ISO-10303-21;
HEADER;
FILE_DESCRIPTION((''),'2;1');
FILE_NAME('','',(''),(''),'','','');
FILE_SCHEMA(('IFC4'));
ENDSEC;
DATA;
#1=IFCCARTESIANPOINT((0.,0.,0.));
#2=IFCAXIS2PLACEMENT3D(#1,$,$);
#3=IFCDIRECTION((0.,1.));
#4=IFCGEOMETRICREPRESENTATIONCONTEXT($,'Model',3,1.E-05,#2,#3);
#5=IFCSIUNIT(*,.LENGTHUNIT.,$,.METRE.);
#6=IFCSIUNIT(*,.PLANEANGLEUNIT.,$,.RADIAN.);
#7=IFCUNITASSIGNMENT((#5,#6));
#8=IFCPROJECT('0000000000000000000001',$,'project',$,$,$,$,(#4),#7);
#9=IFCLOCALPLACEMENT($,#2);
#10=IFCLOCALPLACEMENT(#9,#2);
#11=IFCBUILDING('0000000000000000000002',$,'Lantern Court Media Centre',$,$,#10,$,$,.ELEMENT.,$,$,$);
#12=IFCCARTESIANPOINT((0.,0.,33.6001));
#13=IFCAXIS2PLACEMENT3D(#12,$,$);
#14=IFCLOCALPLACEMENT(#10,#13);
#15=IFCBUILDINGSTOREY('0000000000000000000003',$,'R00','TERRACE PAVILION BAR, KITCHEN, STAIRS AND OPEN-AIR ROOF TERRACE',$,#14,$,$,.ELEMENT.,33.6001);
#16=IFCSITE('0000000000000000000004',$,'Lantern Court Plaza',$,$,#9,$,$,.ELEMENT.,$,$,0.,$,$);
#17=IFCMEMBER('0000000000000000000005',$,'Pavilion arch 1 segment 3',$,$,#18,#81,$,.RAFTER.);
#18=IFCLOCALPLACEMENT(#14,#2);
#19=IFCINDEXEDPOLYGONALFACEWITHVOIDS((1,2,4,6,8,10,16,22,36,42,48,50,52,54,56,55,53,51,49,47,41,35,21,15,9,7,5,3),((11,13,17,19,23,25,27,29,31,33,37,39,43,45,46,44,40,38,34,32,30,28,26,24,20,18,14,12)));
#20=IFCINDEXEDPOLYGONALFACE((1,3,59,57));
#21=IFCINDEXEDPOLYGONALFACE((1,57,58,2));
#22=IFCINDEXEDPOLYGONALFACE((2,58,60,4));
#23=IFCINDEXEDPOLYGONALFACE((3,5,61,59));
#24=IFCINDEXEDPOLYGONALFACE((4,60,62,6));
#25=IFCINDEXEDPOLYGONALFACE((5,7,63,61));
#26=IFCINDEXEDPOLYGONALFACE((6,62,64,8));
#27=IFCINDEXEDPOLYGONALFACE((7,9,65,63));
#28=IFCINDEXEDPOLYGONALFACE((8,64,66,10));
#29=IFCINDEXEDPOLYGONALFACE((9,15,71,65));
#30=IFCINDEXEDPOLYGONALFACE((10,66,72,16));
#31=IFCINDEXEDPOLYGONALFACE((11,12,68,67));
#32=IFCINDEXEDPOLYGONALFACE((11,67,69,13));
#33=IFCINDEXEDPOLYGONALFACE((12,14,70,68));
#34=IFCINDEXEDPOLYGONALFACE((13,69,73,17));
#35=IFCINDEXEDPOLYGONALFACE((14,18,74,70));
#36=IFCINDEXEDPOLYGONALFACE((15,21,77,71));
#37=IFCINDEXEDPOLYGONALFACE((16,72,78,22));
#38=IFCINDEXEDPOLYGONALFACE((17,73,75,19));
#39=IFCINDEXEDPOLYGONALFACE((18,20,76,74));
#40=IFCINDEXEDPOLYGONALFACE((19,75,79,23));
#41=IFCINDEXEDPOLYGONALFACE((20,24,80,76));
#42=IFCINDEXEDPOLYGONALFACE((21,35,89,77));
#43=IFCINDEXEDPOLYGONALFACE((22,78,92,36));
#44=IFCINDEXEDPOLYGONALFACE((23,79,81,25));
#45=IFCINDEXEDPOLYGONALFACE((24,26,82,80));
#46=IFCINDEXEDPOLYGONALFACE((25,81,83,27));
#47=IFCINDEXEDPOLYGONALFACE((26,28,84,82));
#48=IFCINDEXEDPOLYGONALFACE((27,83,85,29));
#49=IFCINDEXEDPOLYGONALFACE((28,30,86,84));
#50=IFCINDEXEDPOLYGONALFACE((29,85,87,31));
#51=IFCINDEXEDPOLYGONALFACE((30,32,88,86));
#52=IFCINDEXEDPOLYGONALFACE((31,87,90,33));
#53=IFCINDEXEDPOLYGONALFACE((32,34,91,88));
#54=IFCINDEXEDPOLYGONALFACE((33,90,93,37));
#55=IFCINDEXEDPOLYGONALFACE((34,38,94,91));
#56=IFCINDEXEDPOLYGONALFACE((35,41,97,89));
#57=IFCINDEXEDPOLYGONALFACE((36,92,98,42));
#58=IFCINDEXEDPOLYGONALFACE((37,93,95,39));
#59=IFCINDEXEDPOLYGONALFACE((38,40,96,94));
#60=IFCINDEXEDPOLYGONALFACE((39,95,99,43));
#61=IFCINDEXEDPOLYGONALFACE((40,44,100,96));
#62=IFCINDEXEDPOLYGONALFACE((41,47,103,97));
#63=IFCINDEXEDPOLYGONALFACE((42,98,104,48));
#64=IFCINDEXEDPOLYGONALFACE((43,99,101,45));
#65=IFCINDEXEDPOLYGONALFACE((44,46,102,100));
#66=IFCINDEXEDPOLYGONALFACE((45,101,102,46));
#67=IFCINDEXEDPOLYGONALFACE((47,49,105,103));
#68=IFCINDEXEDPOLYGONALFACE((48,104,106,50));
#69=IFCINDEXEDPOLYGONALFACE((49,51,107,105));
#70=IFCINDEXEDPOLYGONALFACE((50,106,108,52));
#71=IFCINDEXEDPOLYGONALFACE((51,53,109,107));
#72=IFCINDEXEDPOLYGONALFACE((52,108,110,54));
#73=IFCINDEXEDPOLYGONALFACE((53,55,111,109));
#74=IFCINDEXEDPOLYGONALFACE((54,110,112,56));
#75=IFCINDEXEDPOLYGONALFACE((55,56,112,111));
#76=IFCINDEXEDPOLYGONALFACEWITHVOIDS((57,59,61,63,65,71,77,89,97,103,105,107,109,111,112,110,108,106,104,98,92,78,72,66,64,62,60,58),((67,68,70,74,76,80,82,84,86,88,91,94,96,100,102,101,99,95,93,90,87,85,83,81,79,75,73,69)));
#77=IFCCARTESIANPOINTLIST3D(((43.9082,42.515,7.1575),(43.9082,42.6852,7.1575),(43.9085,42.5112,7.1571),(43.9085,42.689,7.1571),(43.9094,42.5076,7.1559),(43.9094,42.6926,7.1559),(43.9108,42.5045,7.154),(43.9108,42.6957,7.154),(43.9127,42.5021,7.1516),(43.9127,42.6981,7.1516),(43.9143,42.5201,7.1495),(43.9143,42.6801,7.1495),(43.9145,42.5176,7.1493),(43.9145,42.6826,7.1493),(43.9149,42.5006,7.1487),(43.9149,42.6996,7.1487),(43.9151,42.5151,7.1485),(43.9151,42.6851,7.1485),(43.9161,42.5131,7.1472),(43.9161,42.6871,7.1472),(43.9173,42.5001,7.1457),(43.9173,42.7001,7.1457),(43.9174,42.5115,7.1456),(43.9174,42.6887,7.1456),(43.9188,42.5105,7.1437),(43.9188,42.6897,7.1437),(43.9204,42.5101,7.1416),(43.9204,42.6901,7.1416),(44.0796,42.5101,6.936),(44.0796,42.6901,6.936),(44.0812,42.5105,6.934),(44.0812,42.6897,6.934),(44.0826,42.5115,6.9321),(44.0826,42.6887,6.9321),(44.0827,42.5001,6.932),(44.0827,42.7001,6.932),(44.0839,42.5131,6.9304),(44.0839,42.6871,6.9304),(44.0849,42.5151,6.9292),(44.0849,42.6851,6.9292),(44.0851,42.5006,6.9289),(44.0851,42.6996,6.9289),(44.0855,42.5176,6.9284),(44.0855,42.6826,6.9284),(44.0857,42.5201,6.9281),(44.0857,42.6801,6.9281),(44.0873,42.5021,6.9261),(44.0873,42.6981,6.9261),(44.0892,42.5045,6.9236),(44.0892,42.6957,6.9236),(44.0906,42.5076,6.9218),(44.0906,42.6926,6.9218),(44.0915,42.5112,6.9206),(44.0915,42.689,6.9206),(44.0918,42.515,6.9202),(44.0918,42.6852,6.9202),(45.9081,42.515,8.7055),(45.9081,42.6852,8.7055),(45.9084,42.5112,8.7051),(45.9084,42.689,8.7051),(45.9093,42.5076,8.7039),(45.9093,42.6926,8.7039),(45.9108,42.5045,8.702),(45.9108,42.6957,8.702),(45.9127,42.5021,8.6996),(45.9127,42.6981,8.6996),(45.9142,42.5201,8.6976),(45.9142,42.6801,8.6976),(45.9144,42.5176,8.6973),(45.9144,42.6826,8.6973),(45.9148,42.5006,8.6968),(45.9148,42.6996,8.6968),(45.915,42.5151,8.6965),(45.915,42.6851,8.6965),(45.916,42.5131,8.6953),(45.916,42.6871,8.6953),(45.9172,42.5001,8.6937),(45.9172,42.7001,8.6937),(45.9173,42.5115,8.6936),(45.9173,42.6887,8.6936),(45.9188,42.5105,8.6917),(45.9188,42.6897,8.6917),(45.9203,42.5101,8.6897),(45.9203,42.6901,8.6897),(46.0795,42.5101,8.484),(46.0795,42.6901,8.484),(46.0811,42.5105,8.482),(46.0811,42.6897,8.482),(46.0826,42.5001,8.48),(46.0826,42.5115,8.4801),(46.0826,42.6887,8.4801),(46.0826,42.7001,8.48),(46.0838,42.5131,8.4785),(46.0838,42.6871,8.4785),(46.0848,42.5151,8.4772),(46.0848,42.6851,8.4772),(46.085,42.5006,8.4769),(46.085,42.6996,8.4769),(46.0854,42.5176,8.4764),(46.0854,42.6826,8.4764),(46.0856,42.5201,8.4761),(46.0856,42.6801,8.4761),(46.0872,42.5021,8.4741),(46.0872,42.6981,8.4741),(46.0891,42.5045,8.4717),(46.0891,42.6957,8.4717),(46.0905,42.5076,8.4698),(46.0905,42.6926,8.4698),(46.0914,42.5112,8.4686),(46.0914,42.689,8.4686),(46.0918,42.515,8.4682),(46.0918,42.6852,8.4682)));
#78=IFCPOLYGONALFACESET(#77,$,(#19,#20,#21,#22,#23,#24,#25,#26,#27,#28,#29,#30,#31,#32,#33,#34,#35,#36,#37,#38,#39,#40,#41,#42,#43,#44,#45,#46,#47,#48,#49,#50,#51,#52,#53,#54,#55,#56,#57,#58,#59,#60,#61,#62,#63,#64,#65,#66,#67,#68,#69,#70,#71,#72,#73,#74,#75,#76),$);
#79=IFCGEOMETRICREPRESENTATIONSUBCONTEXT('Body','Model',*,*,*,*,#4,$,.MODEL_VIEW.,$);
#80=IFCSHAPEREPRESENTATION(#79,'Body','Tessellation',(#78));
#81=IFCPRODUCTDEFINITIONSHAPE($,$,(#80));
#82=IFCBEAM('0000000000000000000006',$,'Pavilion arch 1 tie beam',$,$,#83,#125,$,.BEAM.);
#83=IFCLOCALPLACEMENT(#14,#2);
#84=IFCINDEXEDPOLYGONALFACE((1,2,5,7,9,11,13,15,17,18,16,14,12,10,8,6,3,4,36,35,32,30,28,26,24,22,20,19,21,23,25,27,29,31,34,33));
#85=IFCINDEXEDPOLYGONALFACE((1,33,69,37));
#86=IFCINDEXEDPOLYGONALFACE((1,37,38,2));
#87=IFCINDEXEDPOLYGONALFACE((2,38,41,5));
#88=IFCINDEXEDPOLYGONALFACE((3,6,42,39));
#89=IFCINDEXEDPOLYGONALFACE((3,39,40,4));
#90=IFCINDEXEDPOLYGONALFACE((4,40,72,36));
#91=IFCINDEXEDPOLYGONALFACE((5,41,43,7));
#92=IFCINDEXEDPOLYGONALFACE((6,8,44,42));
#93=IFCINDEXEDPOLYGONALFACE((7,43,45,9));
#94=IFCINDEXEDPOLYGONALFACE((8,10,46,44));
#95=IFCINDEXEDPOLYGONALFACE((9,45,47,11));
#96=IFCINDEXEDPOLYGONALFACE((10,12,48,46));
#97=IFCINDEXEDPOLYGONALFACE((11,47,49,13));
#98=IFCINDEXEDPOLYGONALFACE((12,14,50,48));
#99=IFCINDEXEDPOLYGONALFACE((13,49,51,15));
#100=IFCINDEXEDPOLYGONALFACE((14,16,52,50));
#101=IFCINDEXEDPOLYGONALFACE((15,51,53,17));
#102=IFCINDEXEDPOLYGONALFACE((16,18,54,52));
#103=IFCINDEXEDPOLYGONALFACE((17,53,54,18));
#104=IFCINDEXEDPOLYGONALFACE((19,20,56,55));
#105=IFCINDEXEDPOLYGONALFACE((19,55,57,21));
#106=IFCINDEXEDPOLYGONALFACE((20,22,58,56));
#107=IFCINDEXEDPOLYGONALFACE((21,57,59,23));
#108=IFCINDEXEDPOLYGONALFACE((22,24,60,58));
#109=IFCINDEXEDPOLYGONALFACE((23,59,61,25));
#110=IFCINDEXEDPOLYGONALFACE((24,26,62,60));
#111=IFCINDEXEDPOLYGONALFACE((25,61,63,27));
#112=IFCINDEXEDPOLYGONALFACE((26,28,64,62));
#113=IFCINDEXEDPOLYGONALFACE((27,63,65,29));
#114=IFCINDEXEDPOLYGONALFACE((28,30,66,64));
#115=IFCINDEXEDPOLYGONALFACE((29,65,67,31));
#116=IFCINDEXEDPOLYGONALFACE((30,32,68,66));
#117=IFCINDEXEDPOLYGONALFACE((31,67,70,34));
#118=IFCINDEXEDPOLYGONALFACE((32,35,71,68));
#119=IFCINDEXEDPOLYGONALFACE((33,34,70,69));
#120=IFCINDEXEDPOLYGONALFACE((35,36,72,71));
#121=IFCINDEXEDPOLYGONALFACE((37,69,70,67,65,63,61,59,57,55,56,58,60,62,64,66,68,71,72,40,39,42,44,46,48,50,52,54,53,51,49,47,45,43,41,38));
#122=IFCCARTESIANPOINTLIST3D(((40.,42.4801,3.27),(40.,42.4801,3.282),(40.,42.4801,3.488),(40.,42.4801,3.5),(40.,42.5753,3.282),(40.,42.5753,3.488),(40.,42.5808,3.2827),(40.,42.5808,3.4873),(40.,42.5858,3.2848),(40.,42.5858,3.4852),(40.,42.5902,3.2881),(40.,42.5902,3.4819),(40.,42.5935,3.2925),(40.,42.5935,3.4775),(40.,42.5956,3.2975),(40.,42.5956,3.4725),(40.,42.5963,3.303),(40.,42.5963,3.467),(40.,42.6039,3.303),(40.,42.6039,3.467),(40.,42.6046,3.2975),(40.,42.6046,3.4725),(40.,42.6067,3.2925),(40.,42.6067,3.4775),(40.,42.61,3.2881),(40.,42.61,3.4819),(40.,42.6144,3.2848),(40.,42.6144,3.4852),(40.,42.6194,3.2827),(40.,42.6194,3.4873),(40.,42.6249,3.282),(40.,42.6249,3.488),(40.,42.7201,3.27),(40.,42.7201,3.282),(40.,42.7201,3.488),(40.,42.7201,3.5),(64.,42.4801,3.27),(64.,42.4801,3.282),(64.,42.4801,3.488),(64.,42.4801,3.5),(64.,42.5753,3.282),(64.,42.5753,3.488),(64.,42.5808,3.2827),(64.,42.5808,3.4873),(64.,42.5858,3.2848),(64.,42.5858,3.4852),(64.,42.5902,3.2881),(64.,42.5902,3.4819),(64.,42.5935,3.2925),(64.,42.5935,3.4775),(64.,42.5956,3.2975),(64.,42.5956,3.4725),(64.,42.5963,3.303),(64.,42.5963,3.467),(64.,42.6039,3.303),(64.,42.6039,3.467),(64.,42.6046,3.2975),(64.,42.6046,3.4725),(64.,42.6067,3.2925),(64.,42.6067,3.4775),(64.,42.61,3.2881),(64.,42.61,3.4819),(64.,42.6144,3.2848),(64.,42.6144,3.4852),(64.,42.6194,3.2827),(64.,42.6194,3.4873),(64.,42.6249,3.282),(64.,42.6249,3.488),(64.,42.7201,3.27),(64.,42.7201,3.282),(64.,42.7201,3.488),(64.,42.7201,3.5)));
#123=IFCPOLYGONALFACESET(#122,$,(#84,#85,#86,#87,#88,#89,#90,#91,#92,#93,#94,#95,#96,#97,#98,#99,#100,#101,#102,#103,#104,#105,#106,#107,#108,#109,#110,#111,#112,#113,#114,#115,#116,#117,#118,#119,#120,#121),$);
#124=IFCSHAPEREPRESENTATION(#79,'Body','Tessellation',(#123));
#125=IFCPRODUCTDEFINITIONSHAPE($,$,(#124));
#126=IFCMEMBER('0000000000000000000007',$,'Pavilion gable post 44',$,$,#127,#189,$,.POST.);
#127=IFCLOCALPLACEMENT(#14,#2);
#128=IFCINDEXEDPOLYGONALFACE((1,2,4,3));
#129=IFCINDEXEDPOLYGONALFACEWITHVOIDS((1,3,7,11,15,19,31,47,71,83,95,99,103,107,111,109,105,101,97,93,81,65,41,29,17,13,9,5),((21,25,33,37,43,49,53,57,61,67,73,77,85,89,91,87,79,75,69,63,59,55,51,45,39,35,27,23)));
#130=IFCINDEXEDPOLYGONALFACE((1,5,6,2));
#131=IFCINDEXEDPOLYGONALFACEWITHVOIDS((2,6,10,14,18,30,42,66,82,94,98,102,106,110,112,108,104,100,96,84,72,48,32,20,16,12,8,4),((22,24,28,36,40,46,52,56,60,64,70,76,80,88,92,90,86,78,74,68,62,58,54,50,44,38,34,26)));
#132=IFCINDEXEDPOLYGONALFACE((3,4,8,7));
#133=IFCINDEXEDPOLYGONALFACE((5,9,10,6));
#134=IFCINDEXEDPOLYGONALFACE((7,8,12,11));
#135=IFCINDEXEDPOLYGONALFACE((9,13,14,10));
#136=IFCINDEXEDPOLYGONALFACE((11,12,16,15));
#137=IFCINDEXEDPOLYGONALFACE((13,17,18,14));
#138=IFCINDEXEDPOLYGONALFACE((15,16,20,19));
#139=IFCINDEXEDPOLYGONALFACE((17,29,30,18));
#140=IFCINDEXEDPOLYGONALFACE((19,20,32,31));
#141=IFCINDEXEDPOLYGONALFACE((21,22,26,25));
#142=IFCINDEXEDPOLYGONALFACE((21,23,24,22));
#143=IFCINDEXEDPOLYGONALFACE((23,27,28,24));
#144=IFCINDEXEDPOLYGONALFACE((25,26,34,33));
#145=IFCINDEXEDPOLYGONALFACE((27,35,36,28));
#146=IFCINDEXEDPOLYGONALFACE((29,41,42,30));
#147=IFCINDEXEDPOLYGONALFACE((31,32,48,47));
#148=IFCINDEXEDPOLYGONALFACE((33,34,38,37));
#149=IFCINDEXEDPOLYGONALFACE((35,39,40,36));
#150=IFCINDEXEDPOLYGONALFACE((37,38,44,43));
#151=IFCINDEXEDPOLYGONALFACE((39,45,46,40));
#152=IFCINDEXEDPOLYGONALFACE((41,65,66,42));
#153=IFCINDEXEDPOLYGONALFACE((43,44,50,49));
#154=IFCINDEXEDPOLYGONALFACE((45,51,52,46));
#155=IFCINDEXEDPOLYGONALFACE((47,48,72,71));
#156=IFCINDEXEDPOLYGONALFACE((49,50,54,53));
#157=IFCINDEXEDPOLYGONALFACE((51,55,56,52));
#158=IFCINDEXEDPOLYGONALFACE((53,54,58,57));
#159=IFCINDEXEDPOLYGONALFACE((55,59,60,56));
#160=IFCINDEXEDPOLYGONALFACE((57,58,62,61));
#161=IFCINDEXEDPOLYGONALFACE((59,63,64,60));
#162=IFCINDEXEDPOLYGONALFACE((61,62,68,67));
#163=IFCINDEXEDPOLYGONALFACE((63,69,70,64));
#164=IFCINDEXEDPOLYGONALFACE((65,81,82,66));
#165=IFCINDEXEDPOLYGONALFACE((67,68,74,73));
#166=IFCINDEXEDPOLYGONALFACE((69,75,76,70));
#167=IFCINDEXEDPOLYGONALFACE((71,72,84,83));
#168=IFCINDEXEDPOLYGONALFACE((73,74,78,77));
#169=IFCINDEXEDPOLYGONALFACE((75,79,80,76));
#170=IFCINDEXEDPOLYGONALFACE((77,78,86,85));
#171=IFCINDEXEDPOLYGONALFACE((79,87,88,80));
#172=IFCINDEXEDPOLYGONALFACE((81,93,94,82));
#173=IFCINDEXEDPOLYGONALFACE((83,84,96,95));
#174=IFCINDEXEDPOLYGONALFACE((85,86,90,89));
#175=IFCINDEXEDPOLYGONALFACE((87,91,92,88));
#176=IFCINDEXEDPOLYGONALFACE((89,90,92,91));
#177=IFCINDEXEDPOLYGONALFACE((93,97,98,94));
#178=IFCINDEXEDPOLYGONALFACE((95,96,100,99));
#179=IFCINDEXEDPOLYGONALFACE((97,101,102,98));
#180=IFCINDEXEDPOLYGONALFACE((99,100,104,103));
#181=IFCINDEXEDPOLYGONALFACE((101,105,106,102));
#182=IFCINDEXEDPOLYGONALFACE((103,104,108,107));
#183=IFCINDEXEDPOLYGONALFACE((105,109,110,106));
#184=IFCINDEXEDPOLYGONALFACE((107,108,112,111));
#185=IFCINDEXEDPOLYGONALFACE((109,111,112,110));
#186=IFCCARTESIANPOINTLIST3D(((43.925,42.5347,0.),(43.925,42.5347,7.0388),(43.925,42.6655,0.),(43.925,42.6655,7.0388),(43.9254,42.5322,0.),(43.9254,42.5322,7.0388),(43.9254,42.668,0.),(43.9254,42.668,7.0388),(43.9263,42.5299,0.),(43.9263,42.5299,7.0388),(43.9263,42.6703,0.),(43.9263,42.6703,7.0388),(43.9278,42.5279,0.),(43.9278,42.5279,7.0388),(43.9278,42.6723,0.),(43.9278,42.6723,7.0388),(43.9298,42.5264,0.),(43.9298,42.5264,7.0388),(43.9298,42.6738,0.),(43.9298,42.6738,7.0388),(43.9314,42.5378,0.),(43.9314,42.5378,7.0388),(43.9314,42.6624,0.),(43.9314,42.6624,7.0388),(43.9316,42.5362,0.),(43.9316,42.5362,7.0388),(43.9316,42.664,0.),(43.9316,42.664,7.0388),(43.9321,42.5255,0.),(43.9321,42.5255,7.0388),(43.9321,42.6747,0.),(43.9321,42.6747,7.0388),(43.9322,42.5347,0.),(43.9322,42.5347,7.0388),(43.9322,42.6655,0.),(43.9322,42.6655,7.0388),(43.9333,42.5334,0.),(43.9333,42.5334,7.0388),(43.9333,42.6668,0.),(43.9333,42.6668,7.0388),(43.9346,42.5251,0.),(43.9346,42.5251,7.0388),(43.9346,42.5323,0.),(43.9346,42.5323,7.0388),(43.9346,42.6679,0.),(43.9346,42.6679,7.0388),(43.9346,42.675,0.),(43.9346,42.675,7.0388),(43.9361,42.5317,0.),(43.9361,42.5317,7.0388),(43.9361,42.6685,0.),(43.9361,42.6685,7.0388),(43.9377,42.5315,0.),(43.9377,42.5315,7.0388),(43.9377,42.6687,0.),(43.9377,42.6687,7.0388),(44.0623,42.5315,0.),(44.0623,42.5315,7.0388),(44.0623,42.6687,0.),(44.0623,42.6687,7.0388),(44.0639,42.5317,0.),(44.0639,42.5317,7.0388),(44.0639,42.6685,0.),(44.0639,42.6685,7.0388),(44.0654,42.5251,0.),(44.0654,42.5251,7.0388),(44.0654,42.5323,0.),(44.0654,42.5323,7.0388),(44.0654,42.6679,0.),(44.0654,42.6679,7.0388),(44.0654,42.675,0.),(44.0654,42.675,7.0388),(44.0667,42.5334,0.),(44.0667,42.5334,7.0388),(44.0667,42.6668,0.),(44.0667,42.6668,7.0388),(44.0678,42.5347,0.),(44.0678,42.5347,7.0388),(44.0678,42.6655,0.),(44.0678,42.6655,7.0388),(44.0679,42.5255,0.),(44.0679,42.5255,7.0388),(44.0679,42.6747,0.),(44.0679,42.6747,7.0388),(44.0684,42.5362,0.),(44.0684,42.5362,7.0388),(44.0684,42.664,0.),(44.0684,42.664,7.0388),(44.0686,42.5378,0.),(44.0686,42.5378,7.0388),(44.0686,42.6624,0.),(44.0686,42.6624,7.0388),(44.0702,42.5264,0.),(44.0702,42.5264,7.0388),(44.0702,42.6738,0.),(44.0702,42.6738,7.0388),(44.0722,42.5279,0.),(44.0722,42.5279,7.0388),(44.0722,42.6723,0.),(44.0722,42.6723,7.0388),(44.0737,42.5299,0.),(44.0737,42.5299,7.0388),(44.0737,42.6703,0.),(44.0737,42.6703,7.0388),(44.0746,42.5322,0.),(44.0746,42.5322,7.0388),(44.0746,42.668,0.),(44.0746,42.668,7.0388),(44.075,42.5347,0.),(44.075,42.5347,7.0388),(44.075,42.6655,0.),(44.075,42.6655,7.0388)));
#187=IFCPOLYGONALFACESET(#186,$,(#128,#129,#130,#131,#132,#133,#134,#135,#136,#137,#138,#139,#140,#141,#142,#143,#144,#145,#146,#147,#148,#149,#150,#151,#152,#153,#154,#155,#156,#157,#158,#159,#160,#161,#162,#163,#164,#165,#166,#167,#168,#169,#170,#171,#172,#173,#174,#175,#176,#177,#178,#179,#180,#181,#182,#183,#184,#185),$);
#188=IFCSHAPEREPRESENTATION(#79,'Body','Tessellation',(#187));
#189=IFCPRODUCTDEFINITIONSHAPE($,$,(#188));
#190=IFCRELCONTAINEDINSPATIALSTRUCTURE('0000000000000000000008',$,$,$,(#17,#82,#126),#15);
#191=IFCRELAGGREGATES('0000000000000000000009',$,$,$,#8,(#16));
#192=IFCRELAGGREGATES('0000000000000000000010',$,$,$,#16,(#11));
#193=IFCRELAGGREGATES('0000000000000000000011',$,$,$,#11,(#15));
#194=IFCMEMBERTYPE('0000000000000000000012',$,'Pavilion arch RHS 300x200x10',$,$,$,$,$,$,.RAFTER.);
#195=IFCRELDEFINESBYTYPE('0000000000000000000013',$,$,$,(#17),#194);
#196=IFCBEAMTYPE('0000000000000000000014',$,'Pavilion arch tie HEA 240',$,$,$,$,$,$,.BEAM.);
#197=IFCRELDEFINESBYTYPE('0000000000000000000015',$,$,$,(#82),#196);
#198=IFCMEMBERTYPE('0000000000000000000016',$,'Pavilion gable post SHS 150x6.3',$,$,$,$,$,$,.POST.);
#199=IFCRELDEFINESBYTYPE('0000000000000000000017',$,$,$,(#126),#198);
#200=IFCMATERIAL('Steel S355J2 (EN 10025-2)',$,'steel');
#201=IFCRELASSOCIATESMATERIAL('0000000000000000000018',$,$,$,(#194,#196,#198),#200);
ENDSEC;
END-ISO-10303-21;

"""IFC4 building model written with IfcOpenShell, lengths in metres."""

from ifc_helpers import new_model, si_unit, direction, frame, origin, origin_2d, place, context, subcontext, project, spatial, hollow_rectangle, i_section, extrude, material, material_profile, profile_set, type_object, element, save


model = new_model("IFC4")

# Units and contexts
model_context = context("Model", 3, precision=1e-05, world=origin(), true_north=direction((0.0, 1.0)))
body_context = subcontext(model_context, "Body", "Model", "MODEL_VIEW")
ifc_project = project(units=[si_unit("LENGTHUNIT", "METRE"), si_unit("PLANEANGLEUNIT", "RADIAN")], contexts=[model_context])

# Site, building, storey
site_placement = place(None, origin())
site = spatial("IfcSite", under=ifc_project, at=site_placement, Name="Lantern Court Plaza", CompositionType="ELEMENT", RefElevation=0.0)
building_placement = place(site_placement, origin())
building = spatial("IfcBuilding", under=site, at=building_placement, Name="Lantern Court Media Centre", CompositionType="ELEMENT")
storey_placement = place(building_placement, frame((0.0, 0.0, 33.6001)))
storey = spatial("IfcBuildingStorey", under=building, at=storey_placement, Name="R00", Description="TERRACE PAVILION BAR, KITCHEN, STAIRS AND OPEN-AIR ROOF TERRACE", CompositionType="ELEMENT", Elevation=33.6001)

# Shared definitions
ifc_material_1 = material(Name="Steel S355J2 (EN 10025-2)", Category="steel")

# Member
ifc_material_profile_1 = material_profile(ifc_material_1, hollow_rectangle(XDim=0.2, YDim=0.3, WallThickness=0.01, InnerFilletRadius=0.01, OuterFilletRadius=0.0149, at=origin_2d()), Name="Pavilion arch RHS 300x200x10")
ifc_profile_set_1 = profile_set([ifc_material_profile_1], Name="Steel S355J2 (EN 10025-2)")
member_type_1 = type_object("IfcMemberType", Name="Pavilion arch RHS 300x200x10", PredefinedType="RAFTER", material=ifc_profile_set_1)
member_1_placement = place(storey_placement, frame((44.0, 42.6001, 7.0388), z_axis=(0.790779, 0.0, 0.612101), x_axis=(0.0, 1.0, 0.0)))
element("IfcMember", 1, at=member_1_placement, inside=storey, type_object=member_type_1, Name="Pavilion arch 1 segment 3", PredefinedType="RAFTER", context=body_context, shape_type="SweptSolid", body=[
    extrude(hollow_rectangle(XDim=0.2, YDim=0.3, WallThickness=0.01, InnerFilletRadius=0.01, OuterFilletRadius=0.0149, at=origin_2d()), origin(), (0.0, 0.0, 1.0), 2.5291),
])

# Beam
ifc_material_profile_2 = material_profile(ifc_material_1, i_section(OverallWidth=0.24, OverallDepth=0.23, WebThickness=0.0076, FlangeThickness=0.012, FilletRadius=0.021, at=origin_2d()), Name="HEA 240")
ifc_profile_set_2 = profile_set([ifc_material_profile_2], Name="Steel S355J2 (EN 10025-2)")
beam_type_1 = type_object("IfcBeamType", Name="Pavilion arch tie HEA 240", PredefinedType="BEAM", material=ifc_profile_set_2)
beam_1_placement = place(storey_placement, frame((40.0, 42.6001, 3.385), z_axis=(1.0, 0.0, 0.0), x_axis=(0.0, 1.0, 0.0)))
element("IfcBeam", 2, at=beam_1_placement, inside=storey, type_object=beam_type_1, Name="Pavilion arch 1 tie beam", PredefinedType="BEAM", context=body_context, shape_type="SweptSolid", body=[
    extrude(i_section(OverallWidth=0.24, OverallDepth=0.23, WebThickness=0.0076, FlangeThickness=0.012, FilletRadius=0.021, at=origin_2d()), origin(), (0.0, 0.0, 1.0), 24.0),
])

# Member
ifc_material_profile_3 = material_profile(ifc_material_1, hollow_rectangle(XDim=0.1499, YDim=0.1499, WallThickness=0.0063, InnerFilletRadius=0.0063, OuterFilletRadius=0.0095, at=origin_2d()), Name="Pavilion gable post SHS 150x6.3")
ifc_profile_set_3 = profile_set([ifc_material_profile_3], Name="Steel S355J2 (EN 10025-2)")
member_type_2 = type_object("IfcMemberType", Name="Pavilion gable post SHS 150x6.3", PredefinedType="POST", material=ifc_profile_set_3)
member_2_placement = place(storey_placement, frame((44.0, 42.6001, 0.0), z_axis=(0.0, 0.0, 1.0), x_axis=(1.0, 0.0, 0.0)))
element("IfcMember", 3, at=member_2_placement, inside=storey, type_object=member_type_2, Name="Pavilion gable post 44", PredefinedType="POST", context=body_context, shape_type="SweptSolid", body=[
    extrude(hollow_rectangle(XDim=0.1499, YDim=0.1499, WallThickness=0.0063, InnerFilletRadius=0.0063, OuterFilletRadius=0.0095, at=origin_2d()), origin(), (0.0, 0.0, 1.0), 7.0388),
])

save(model, "model.ifc")
